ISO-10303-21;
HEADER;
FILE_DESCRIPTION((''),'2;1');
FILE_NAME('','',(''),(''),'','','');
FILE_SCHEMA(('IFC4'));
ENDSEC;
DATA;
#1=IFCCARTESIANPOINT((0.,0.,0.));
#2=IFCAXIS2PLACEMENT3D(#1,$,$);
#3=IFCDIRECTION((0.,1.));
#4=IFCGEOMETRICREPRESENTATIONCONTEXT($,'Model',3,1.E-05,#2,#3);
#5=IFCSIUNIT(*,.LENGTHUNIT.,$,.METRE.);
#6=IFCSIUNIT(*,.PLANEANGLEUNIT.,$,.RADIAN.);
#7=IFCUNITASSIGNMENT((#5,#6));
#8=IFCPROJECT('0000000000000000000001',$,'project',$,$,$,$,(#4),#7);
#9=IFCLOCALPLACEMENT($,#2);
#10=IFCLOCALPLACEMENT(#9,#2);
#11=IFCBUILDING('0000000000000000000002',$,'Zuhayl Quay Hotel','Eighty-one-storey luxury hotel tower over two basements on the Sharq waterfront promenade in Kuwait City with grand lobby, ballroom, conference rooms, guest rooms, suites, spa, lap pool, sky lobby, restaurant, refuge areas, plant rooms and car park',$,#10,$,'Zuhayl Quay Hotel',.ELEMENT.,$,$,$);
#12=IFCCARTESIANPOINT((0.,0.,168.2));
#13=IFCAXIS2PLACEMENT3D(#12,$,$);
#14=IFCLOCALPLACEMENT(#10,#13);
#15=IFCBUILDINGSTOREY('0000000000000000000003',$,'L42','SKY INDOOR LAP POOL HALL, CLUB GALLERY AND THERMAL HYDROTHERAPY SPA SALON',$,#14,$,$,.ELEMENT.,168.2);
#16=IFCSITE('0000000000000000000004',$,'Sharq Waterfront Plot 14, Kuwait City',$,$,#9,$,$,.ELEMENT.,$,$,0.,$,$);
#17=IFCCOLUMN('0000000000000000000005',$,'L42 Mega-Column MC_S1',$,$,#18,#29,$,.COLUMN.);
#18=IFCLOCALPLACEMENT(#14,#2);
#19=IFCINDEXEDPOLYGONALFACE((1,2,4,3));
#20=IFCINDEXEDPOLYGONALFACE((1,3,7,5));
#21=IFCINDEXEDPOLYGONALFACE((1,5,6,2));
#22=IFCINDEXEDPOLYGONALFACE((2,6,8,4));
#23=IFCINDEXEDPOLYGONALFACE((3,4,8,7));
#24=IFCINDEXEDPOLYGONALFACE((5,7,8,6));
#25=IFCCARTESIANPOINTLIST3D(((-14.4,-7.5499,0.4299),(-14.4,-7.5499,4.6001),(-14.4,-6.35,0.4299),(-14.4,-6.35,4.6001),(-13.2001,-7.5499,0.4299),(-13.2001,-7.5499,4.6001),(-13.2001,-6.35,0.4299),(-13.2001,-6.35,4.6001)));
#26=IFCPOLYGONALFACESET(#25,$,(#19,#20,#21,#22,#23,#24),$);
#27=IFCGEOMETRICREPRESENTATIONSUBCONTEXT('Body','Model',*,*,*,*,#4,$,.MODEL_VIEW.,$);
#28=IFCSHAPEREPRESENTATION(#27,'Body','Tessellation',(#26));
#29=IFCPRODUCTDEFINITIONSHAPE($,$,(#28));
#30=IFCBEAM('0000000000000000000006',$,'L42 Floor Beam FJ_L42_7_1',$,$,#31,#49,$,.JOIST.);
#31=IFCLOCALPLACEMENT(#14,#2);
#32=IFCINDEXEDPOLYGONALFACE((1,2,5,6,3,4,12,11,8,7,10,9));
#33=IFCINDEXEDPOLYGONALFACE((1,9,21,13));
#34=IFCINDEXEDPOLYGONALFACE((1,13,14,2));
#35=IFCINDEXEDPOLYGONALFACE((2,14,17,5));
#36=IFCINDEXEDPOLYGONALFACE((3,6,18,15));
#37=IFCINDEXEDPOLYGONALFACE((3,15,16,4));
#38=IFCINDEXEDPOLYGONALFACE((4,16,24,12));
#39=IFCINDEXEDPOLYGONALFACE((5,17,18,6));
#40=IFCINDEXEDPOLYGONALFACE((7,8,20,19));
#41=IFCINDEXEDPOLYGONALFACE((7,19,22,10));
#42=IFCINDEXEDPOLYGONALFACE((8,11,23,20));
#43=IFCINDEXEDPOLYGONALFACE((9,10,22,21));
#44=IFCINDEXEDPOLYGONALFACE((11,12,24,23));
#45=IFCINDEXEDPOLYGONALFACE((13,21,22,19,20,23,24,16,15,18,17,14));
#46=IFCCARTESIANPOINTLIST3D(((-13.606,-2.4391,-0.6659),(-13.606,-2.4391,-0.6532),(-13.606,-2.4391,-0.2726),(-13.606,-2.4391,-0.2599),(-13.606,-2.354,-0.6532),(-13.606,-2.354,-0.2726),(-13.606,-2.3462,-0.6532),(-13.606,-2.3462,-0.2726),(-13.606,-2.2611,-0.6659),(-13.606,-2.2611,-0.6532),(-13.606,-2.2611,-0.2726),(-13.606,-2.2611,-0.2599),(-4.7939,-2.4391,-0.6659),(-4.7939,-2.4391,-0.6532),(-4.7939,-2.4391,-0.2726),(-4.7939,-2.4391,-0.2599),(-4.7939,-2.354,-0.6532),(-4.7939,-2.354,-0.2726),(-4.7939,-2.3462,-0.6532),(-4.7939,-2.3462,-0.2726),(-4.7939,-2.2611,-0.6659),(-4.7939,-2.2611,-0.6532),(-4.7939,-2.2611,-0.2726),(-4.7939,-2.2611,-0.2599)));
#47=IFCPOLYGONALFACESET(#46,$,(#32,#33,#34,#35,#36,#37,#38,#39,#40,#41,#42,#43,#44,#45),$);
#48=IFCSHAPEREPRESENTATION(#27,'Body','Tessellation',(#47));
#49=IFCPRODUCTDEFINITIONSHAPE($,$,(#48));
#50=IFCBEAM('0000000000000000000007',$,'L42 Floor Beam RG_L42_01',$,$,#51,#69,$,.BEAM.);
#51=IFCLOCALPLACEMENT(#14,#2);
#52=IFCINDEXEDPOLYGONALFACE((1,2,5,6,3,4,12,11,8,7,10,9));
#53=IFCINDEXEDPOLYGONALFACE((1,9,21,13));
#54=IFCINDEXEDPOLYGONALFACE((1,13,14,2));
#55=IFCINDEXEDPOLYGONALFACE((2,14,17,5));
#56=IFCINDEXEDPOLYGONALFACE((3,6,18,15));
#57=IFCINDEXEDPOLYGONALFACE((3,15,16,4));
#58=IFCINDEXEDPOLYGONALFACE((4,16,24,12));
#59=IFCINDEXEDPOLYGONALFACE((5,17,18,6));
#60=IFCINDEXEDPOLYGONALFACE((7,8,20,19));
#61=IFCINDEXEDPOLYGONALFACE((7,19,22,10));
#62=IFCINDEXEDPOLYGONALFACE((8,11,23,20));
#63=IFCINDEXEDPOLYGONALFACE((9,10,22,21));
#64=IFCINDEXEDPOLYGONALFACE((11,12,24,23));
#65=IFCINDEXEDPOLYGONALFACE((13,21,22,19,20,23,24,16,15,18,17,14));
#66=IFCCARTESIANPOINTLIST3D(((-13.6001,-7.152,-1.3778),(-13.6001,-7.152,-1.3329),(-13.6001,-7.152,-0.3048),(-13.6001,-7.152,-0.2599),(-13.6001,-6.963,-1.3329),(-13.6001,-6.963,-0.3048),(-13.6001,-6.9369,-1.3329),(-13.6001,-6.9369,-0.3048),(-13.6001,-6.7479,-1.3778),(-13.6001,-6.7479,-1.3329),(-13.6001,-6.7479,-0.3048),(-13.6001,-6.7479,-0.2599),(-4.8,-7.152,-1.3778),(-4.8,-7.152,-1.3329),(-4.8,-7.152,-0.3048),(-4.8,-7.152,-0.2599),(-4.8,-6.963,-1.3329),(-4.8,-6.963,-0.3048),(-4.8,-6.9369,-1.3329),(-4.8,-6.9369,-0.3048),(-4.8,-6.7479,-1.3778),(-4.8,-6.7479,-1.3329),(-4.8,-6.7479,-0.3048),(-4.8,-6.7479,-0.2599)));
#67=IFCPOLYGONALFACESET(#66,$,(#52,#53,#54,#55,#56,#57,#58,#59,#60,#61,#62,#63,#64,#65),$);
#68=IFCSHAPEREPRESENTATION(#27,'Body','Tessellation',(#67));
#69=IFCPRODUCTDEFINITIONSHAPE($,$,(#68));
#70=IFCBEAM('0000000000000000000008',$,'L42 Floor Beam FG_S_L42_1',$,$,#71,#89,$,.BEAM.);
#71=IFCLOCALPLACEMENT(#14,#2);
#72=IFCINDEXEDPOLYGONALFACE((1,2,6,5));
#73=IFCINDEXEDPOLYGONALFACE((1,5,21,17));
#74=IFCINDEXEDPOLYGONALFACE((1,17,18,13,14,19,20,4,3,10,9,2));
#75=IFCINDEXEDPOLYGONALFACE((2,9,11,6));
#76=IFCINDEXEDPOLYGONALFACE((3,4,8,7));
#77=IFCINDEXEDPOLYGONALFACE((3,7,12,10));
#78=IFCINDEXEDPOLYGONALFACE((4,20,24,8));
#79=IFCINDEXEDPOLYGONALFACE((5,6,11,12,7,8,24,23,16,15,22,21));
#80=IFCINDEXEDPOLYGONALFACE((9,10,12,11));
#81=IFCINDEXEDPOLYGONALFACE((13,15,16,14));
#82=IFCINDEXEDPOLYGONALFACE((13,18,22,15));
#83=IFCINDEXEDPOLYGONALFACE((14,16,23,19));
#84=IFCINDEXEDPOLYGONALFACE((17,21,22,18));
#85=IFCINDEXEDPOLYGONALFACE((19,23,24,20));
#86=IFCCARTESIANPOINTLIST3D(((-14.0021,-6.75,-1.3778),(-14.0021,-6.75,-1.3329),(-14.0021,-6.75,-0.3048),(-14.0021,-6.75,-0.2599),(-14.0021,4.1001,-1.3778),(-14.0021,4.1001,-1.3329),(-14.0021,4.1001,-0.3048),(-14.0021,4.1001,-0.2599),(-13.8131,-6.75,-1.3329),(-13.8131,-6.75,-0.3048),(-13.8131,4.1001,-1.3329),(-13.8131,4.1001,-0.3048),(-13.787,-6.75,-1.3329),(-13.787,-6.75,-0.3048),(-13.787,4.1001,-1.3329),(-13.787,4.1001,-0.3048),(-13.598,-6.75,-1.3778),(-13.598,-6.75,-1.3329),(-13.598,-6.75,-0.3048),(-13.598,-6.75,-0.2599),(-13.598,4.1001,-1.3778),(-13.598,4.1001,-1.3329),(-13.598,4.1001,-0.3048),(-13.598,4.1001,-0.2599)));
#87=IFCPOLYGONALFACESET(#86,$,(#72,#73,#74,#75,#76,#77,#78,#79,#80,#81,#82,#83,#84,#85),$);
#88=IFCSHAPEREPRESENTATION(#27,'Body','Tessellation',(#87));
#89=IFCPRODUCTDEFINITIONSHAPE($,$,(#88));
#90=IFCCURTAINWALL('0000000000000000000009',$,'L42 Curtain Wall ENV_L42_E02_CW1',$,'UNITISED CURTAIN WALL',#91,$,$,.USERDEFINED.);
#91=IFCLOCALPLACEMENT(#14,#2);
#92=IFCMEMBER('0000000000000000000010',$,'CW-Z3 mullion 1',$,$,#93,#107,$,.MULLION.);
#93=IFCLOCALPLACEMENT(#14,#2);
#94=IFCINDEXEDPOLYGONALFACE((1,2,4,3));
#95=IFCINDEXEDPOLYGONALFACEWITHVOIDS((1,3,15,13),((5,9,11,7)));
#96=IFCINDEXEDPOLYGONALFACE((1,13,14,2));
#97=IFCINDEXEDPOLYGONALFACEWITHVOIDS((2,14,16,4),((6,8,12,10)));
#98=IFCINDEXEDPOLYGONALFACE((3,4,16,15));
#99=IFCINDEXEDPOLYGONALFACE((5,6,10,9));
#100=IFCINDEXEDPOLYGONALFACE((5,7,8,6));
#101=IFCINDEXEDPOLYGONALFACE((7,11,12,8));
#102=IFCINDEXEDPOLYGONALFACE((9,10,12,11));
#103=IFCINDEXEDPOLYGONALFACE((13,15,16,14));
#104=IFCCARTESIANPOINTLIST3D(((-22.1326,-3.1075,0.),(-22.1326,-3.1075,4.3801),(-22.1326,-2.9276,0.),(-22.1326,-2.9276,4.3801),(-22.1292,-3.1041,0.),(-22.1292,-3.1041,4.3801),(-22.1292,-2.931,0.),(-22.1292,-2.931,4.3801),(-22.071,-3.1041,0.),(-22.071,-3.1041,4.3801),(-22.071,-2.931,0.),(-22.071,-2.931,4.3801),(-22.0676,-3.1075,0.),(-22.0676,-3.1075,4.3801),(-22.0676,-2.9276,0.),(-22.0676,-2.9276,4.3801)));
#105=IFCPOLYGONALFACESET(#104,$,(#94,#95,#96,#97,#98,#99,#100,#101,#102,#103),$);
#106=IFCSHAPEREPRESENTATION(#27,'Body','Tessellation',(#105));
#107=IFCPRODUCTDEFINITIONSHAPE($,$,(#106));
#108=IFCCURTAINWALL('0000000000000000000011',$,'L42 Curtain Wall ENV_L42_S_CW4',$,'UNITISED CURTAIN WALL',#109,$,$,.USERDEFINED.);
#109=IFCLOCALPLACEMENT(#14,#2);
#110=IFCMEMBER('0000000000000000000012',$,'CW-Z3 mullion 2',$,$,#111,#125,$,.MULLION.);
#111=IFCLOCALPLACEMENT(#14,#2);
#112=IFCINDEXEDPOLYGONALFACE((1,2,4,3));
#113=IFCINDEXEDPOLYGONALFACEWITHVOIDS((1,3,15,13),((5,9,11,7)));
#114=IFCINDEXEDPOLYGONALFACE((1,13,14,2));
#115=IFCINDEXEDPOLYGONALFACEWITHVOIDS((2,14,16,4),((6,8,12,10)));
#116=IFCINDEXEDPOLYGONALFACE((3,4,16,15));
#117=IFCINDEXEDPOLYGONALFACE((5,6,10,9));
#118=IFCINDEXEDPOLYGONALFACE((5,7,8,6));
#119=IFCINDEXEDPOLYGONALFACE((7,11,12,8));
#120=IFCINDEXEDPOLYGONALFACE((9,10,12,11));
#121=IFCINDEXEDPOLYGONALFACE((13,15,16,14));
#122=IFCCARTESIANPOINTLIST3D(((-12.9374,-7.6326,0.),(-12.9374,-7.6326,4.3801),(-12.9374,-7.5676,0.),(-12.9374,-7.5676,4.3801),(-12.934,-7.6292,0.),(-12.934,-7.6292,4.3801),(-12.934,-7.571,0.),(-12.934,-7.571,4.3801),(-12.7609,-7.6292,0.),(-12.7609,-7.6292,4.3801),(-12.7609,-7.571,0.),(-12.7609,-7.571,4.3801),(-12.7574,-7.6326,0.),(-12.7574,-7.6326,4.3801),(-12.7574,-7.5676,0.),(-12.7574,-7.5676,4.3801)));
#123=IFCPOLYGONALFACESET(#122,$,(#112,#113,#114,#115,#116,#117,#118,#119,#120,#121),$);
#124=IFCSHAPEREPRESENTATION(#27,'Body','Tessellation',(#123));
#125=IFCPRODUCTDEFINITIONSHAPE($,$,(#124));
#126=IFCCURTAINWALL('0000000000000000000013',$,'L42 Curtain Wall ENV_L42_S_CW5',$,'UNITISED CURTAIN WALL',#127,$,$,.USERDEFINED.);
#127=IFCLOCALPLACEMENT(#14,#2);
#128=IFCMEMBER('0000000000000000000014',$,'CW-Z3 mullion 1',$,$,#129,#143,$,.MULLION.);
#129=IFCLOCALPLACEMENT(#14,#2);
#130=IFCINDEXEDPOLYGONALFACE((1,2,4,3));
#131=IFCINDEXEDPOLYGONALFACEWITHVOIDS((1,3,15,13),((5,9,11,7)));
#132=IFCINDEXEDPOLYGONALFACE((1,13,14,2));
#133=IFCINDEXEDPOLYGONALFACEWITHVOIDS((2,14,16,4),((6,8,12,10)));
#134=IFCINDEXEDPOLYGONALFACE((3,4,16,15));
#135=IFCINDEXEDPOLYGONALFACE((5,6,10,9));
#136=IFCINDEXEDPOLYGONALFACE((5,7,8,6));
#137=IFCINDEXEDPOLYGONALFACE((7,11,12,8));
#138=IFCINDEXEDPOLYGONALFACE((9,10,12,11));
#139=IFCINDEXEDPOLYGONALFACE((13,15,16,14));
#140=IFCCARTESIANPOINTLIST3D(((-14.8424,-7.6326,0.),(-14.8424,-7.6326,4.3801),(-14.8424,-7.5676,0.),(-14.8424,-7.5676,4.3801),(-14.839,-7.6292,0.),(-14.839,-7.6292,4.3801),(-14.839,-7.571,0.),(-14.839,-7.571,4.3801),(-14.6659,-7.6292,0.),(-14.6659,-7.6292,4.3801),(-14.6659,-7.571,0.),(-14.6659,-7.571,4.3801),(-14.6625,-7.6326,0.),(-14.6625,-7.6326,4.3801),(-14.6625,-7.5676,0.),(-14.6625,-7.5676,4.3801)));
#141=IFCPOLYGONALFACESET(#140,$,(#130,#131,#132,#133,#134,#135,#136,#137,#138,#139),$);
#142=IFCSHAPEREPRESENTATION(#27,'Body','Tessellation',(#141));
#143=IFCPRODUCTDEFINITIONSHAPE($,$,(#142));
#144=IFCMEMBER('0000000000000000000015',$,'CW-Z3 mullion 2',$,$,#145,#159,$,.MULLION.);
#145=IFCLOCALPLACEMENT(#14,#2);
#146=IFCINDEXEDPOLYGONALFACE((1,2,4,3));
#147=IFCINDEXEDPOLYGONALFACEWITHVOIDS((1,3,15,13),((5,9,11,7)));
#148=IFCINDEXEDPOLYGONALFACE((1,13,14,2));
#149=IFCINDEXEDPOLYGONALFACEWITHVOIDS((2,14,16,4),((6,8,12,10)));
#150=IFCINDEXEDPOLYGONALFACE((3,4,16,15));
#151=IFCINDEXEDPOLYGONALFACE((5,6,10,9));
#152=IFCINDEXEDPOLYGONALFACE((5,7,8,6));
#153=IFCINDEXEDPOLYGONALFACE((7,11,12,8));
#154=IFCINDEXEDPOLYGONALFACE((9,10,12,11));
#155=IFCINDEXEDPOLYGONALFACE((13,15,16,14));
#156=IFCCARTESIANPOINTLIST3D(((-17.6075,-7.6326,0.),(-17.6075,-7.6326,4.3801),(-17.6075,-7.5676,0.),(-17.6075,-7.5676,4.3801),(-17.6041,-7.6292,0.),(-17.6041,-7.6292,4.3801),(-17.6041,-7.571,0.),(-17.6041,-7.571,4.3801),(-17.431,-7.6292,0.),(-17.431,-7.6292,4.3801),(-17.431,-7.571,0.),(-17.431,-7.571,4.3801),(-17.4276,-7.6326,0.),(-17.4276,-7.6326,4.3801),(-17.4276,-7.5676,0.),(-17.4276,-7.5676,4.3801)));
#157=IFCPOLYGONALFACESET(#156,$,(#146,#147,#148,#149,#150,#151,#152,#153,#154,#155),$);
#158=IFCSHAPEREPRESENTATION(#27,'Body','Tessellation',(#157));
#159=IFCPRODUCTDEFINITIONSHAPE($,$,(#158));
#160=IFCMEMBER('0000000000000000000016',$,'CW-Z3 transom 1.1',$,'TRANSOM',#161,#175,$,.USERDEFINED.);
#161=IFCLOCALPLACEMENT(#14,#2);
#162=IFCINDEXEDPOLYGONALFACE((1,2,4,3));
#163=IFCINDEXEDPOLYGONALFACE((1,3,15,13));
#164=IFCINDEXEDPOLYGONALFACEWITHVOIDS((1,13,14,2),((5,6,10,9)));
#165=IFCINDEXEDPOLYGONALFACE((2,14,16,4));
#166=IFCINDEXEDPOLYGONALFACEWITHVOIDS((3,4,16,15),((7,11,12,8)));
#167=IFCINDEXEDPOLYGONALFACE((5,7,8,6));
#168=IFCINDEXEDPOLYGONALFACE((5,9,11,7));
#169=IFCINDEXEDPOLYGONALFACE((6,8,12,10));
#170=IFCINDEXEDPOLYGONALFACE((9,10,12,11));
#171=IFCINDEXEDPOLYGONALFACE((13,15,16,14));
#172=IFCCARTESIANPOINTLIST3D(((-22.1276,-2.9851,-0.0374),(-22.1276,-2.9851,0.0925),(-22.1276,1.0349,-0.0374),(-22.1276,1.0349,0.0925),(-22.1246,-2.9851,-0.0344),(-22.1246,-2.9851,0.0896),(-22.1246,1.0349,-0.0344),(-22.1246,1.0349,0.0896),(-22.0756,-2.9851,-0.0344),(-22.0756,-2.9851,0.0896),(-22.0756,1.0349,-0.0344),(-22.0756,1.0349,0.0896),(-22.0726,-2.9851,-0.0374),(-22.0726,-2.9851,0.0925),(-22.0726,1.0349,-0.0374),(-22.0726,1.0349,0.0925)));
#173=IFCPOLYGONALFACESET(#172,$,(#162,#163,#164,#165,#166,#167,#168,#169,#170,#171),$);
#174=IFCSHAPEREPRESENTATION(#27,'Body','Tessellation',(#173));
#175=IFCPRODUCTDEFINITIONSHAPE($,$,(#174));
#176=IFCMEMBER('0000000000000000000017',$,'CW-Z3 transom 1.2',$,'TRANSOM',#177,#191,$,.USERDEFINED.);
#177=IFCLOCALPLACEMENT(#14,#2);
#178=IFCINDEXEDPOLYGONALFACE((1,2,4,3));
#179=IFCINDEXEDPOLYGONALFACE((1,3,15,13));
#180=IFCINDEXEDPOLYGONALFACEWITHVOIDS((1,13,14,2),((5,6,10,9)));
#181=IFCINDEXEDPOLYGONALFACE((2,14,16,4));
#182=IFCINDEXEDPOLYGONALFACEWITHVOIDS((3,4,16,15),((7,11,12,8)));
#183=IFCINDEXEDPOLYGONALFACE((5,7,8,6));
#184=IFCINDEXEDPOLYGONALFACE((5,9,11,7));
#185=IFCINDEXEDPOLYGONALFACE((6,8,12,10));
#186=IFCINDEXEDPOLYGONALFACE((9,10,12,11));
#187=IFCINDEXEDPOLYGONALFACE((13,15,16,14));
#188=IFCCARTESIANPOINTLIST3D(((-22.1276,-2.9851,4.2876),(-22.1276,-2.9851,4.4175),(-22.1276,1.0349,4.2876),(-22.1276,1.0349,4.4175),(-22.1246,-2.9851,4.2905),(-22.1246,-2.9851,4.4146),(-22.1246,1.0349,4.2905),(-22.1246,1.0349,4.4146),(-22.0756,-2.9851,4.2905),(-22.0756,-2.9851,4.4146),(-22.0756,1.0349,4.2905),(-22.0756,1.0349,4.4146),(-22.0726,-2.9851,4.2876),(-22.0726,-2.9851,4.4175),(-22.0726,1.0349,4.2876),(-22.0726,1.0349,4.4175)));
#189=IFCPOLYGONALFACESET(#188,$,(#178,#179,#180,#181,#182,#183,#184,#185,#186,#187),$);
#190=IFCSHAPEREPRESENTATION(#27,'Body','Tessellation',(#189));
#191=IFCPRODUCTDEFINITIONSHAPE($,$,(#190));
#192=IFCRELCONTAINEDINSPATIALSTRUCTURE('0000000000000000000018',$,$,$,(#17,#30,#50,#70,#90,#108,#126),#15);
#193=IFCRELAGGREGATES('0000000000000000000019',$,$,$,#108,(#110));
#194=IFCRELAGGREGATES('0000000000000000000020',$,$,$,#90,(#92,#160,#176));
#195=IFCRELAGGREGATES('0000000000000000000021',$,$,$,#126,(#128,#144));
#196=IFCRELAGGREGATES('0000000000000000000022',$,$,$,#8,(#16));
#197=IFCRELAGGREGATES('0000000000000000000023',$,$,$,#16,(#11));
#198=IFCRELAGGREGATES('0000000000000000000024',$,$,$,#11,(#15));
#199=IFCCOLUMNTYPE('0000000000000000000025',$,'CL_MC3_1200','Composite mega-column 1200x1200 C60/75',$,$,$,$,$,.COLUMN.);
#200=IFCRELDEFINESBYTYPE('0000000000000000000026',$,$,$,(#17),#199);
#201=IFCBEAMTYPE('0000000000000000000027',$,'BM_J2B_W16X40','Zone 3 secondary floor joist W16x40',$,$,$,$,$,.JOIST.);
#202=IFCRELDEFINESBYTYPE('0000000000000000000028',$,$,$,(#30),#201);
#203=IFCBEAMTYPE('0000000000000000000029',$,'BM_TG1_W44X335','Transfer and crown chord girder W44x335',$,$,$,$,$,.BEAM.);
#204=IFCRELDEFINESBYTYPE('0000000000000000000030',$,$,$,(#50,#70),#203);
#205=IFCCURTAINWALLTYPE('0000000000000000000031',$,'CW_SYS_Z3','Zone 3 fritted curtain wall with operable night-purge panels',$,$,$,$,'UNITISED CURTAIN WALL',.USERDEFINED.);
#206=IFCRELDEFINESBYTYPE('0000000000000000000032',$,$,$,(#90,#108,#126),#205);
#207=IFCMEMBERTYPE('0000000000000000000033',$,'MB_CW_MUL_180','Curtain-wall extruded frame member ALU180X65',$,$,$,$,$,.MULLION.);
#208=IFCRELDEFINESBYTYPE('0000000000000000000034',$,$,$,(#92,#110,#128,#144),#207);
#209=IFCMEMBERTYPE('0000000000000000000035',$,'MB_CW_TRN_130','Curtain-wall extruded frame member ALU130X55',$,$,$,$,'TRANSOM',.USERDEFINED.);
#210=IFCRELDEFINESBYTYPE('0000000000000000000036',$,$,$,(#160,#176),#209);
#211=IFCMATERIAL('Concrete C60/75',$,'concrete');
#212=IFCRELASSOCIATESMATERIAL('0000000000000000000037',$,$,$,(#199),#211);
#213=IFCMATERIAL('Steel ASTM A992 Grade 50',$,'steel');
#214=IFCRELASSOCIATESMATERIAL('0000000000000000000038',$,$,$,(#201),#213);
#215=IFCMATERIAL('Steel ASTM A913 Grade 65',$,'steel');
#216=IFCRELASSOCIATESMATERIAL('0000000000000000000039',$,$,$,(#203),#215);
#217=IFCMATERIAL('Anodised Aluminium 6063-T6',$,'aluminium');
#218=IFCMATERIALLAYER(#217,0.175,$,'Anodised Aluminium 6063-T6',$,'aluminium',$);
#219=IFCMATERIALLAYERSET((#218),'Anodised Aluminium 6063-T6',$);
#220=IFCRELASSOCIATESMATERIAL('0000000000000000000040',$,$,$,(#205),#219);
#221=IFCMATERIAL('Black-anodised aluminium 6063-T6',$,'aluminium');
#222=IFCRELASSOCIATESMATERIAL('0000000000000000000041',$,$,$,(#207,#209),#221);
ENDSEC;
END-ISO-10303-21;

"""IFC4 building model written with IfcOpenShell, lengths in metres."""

from ifc_helpers import new_model, si_unit, direction, frame, origin, origin_2d, place, context, subcontext, project, spatial, rectangle, hollow_rectangle, i_section, extrude, material, layer, layer_set, material_profile, profile_set, type_object, element, aggregate, save


model = new_model("IFC4")

# Units and contexts
model_context = context("Model", 3, precision=1e-05, world=origin(), true_north=direction((0.0, 1.0)))
body_context = subcontext(model_context, "Body", "Model", "MODEL_VIEW")
ifc_project = project(units=[si_unit("LENGTHUNIT", "METRE"), si_unit("PLANEANGLEUNIT", "RADIAN")], contexts=[model_context])

# Site, building, storey
site_placement = place(None, origin())
site = spatial("IfcSite", under=ifc_project, at=site_placement, Name="Sharq Waterfront Plot 14, Kuwait City", CompositionType="ELEMENT", RefElevation=0.0)
building_placement = place(site_placement, origin())
building = spatial("IfcBuilding", under=site, at=building_placement, Name="Zuhayl Quay Hotel", Description="Eighty-one-storey luxury hotel tower over two basements on the Sharq waterfront promenade in Kuwait City with grand lobby, ballroom, conference rooms, guest rooms, suites, spa, lap pool, sky lobby, restaurant, refuge areas, plant rooms and car park", LongName="Zuhayl Quay Hotel", CompositionType="ELEMENT")
storey_placement = place(building_placement, frame((0.0, 0.0, 168.2)))
storey = spatial("IfcBuildingStorey", under=building, at=storey_placement, Name="L42", Description="SKY INDOOR LAP POOL HALL, CLUB GALLERY AND THERMAL HYDROTHERAPY SPA SALON", CompositionType="ELEMENT", Elevation=168.2)

# Column
ifc_material_1 = material(Name="Concrete C60/75", Category="concrete")
ifc_material_profile_1 = material_profile(ifc_material_1, rectangle(XDim=1.2, YDim=1.2, at=origin_2d()), Name="RC1200X1200")
ifc_profile_set_1 = profile_set([ifc_material_profile_1], Name="Concrete C60/75")
column_type = type_object("IfcColumnType", Name="CL_MC3_1200", Description="Composite mega-column 1200x1200 C60/75", PredefinedType="COLUMN", material=ifc_profile_set_1)
column_placement = place(storey_placement, frame((-13.8, -6.95, 0.4299), z_axis=(0.0, 0.0, 1.0), x_axis=(1.0, 0.0, 0.0)))
element("IfcColumn", 1, at=column_placement, inside=storey, type_object=column_type, Name="L42 Mega-Column MC_S1", PredefinedType="COLUMN", context=body_context, shape_type="SweptSolid", body=[
    extrude(rectangle(XDim=1.2, YDim=1.2, at=origin_2d()), origin(), (0.0, 0.0, 1.0), 4.1702),
])

# Beams
ifc_material_2 = material(Name="Steel ASTM A992 Grade 50", Category="steel")
ifc_material_profile_2 = material_profile(ifc_material_2, i_section(OverallWidth=0.178, OverallDepth=0.406, WebThickness=0.0078, FlangeThickness=0.0127, at=origin_2d()), Name="W16X40")
ifc_profile_set_2 = profile_set([ifc_material_profile_2], Name="Steel ASTM A992 Grade 50")
beam_type_1 = type_object("IfcBeamType", Name="BM_J2B_W16X40", Description="Zone 3 secondary floor joist W16x40", PredefinedType="JOIST", material=ifc_profile_set_2)
beam_1_placement = place(storey_placement, frame((-13.606, -2.3501, -0.4629), z_axis=(1.0, 0.0, 0.0), x_axis=(0.0, 1.0, 0.0)))
element("IfcBeam", 2, at=beam_1_placement, inside=storey, type_object=beam_type_1, Name="L42 Floor Beam FJ_L42_7_1", PredefinedType="JOIST", context=body_context, shape_type="SweptSolid", body=[
    extrude(i_section(OverallWidth=0.178, OverallDepth=0.406, WebThickness=0.0078, FlangeThickness=0.0127, at=origin_2d()), origin(), (0.0, 0.0, 1.0), 8.812),
])
ifc_material_3 = material(Name="Steel ASTM A913 Grade 65", Category="steel")
ifc_material_profile_3 = material_profile(ifc_material_3, i_section(OverallWidth=0.4041, OverallDepth=1.1179, WebThickness=0.0261, FlangeThickness=0.0449, at=origin_2d()), Name="W44X335")
ifc_profile_set_3 = profile_set([ifc_material_profile_3], Name="Steel ASTM A913 Grade 65")
beam_type_2 = type_object("IfcBeamType", Name="BM_TG1_W44X335", Description="Transfer and crown chord girder W44x335", PredefinedType="BEAM", material=ifc_profile_set_3)
beam_2_placement = place(storey_placement, frame((-13.6001, -6.95, -0.8188), z_axis=(1.0, 0.0, 0.0), x_axis=(0.0, 1.0, 0.0)))
element("IfcBeam", 3, at=beam_2_placement, inside=storey, type_object=beam_type_2, Name="L42 Floor Beam RG_L42_01", PredefinedType="BEAM", context=body_context, shape_type="SweptSolid", body=[
    extrude(i_section(OverallWidth=0.4041, OverallDepth=1.1179, WebThickness=0.0261, FlangeThickness=0.0449, at=origin_2d()), origin(), (0.0, 0.0, 1.0), 8.8),
])
beam_3_placement = place(storey_placement, frame((-13.8, -6.75, -0.8188), z_axis=(0.0, 1.0, 0.0), x_axis=(-1.0, 0.0, 0.0)))
element("IfcBeam", 4, at=beam_3_placement, inside=storey, type_object=beam_type_2, Name="L42 Floor Beam FG_S_L42_1", PredefinedType="BEAM", context=body_context, shape_type="SweptSolid", body=[
    extrude(i_section(OverallWidth=0.4041, OverallDepth=1.1179, WebThickness=0.0261, FlangeThickness=0.0449, at=origin_2d()), origin(), (0.0, 0.0, 1.0), 10.8501),
])

# Curtain walls, members
ifc_material_4 = material(Name="Anodised Aluminium 6063-T6", Category="aluminium")
ifc_layer_1 = layer(ifc_material_4, 0.175, Name="Anodised Aluminium 6063-T6", Category="aluminium")
ifc_layer_set_1 = layer_set([ifc_layer_1], Name="Anodised Aluminium 6063-T6")
curtain_wall_type = type_object("IfcCurtainWallType", Name="CW_SYS_Z3", Description="Zone 3 fritted curtain wall with operable night-purge panels", ElementType="UNITISED CURTAIN WALL", PredefinedType="USERDEFINED", material=ifc_layer_set_1)
curtain_wall_1_placement = place(storey_placement, origin())
curtain_wall_1 = element("IfcCurtainWall", 5, at=curtain_wall_1_placement, inside=storey, type_object=curtain_wall_type, Name="L42 Curtain Wall ENV_L42_E02_CW1", ObjectType="UNITISED CURTAIN WALL", PredefinedType="USERDEFINED")
ifc_material_5 = material(Name="Black-anodised aluminium 6063-T6", Category="aluminium")
ifc_material_profile_4 = material_profile(ifc_material_5, hollow_rectangle(XDim=0.0649, YDim=0.1799, WallThickness=0.0034, at=origin_2d()), Name="ALU180X65")
ifc_profile_set_4 = profile_set([ifc_material_profile_4], Name="Black-anodised aluminium 6063-T6")
member_type_1 = type_object("IfcMemberType", Name="MB_CW_MUL_180", Description="Curtain-wall extruded frame member ALU180X65", PredefinedType="MULLION", material=ifc_profile_set_4)
member_1_placement = place(storey_placement, frame((-22.1001, -3.0176, 0.0), z_axis=(0.0, 0.0, 1.0), x_axis=(-1.0, 0.0, 0.0)))
member_1 = element("IfcMember", 6, at=member_1_placement, type_object=member_type_1, Name="CW-Z3 mullion 1", PredefinedType="MULLION", context=body_context, shape_type="SweptSolid", body=[
    extrude(hollow_rectangle(XDim=0.0649, YDim=0.1799, WallThickness=0.0034, at=origin_2d()), origin(), (0.0, 0.0, 1.0), 4.3801),
])
curtain_wall_2_placement = place(storey_placement, origin())
curtain_wall_2 = element("IfcCurtainWall", 7, at=curtain_wall_2_placement, inside=storey, type_object=curtain_wall_type, Name="L42 Curtain Wall ENV_L42_S_CW4", ObjectType="UNITISED CURTAIN WALL", PredefinedType="USERDEFINED")
member_2_placement = place(storey_placement, frame((-12.8474, -7.6001, 0.0), z_axis=(0.0, 0.0, 1.0), x_axis=(0.0, -1.0, 0.0)))
member_2 = element("IfcMember", 8, at=member_2_placement, type_object=member_type_1, Name="CW-Z3 mullion 2", PredefinedType="MULLION", context=body_context, shape_type="SweptSolid", body=[
    extrude(hollow_rectangle(XDim=0.0649, YDim=0.1799, WallThickness=0.0034, at=origin_2d()), origin(), (0.0, 0.0, 1.0), 4.3801),
])
aggregate(curtain_wall_2, [member_2])

# Curtain wall, members
curtain_wall_3_placement = place(storey_placement, origin())
curtain_wall_3 = element("IfcCurtainWall", 9, at=curtain_wall_3_placement, inside=storey, type_object=curtain_wall_type, Name="L42 Curtain Wall ENV_L42_S_CW5", ObjectType="UNITISED CURTAIN WALL", PredefinedType="USERDEFINED")
member_3_placement = place(storey_placement, frame((-14.7524, -7.6001, 0.0), z_axis=(0.0, 0.0, 1.0), x_axis=(0.0, -1.0, 0.0)))
member_3 = element("IfcMember", 10, at=member_3_placement, type_object=member_type_1, Name="CW-Z3 mullion 1", PredefinedType="MULLION", context=body_context, shape_type="SweptSolid", body=[
    extrude(hollow_rectangle(XDim=0.0649, YDim=0.1799, WallThickness=0.0034, at=origin_2d()), origin(), (0.0, 0.0, 1.0), 4.3801),
])
member_4_placement = place(storey_placement, frame((-17.5176, -7.6001, 0.0), z_axis=(0.0, 0.0, 1.0), x_axis=(0.0, -1.0, 0.0)))
member_4 = element("IfcMember", 11, at=member_4_placement, type_object=member_type_1, Name="CW-Z3 mullion 2", PredefinedType="MULLION", context=body_context, shape_type="SweptSolid", body=[
    extrude(hollow_rectangle(XDim=0.0649, YDim=0.1799, WallThickness=0.0034, at=origin_2d()), origin(), (0.0, 0.0, 1.0), 4.3801),
])

# Members
ifc_material_profile_5 = material_profile(ifc_material_5, hollow_rectangle(XDim=0.0549, YDim=0.1299, WallThickness=0.0029, at=origin_2d()), Name="ALU130X55")
ifc_profile_set_5 = profile_set([ifc_material_profile_5], Name="Black-anodised aluminium 6063-T6")
member_type_2 = type_object("IfcMemberType", Name="MB_CW_TRN_130", Description="Curtain-wall extruded frame member ALU130X55", ElementType="TRANSOM", PredefinedType="USERDEFINED", material=ifc_profile_set_5)
member_5_placement = place(storey_placement, frame((-22.1001, -2.9851, 0.0276), z_axis=(0.0, 1.0, 0.0), x_axis=(-1.0, 0.0, 0.0)))
member_5 = element("IfcMember", 12, at=member_5_placement, type_object=member_type_2, Name="CW-Z3 transom 1.1", ObjectType="TRANSOM", PredefinedType="USERDEFINED", context=body_context, shape_type="SweptSolid", body=[
    extrude(hollow_rectangle(XDim=0.0549, YDim=0.1299, WallThickness=0.0029, at=origin_2d()), origin(), (0.0, 0.0, 1.0), 4.02),
])
member_6_placement = place(storey_placement, frame((-22.1001, -2.9851, 4.3525), z_axis=(0.0, 1.0, 0.0), x_axis=(-1.0, 0.0, 0.0)))
member_6 = element("IfcMember", 13, at=member_6_placement, type_object=member_type_2, Name="CW-Z3 transom 1.2", ObjectType="TRANSOM", PredefinedType="USERDEFINED", context=body_context, shape_type="SweptSolid", body=[
    extrude(hollow_rectangle(XDim=0.0549, YDim=0.1299, WallThickness=0.0029, at=origin_2d()), origin(), (0.0, 0.0, 1.0), 4.02),
])
aggregate(curtain_wall_1, [member_1, member_5, member_6])

aggregate(curtain_wall_3, [member_3, member_4])

save(model, "model.ifc")
